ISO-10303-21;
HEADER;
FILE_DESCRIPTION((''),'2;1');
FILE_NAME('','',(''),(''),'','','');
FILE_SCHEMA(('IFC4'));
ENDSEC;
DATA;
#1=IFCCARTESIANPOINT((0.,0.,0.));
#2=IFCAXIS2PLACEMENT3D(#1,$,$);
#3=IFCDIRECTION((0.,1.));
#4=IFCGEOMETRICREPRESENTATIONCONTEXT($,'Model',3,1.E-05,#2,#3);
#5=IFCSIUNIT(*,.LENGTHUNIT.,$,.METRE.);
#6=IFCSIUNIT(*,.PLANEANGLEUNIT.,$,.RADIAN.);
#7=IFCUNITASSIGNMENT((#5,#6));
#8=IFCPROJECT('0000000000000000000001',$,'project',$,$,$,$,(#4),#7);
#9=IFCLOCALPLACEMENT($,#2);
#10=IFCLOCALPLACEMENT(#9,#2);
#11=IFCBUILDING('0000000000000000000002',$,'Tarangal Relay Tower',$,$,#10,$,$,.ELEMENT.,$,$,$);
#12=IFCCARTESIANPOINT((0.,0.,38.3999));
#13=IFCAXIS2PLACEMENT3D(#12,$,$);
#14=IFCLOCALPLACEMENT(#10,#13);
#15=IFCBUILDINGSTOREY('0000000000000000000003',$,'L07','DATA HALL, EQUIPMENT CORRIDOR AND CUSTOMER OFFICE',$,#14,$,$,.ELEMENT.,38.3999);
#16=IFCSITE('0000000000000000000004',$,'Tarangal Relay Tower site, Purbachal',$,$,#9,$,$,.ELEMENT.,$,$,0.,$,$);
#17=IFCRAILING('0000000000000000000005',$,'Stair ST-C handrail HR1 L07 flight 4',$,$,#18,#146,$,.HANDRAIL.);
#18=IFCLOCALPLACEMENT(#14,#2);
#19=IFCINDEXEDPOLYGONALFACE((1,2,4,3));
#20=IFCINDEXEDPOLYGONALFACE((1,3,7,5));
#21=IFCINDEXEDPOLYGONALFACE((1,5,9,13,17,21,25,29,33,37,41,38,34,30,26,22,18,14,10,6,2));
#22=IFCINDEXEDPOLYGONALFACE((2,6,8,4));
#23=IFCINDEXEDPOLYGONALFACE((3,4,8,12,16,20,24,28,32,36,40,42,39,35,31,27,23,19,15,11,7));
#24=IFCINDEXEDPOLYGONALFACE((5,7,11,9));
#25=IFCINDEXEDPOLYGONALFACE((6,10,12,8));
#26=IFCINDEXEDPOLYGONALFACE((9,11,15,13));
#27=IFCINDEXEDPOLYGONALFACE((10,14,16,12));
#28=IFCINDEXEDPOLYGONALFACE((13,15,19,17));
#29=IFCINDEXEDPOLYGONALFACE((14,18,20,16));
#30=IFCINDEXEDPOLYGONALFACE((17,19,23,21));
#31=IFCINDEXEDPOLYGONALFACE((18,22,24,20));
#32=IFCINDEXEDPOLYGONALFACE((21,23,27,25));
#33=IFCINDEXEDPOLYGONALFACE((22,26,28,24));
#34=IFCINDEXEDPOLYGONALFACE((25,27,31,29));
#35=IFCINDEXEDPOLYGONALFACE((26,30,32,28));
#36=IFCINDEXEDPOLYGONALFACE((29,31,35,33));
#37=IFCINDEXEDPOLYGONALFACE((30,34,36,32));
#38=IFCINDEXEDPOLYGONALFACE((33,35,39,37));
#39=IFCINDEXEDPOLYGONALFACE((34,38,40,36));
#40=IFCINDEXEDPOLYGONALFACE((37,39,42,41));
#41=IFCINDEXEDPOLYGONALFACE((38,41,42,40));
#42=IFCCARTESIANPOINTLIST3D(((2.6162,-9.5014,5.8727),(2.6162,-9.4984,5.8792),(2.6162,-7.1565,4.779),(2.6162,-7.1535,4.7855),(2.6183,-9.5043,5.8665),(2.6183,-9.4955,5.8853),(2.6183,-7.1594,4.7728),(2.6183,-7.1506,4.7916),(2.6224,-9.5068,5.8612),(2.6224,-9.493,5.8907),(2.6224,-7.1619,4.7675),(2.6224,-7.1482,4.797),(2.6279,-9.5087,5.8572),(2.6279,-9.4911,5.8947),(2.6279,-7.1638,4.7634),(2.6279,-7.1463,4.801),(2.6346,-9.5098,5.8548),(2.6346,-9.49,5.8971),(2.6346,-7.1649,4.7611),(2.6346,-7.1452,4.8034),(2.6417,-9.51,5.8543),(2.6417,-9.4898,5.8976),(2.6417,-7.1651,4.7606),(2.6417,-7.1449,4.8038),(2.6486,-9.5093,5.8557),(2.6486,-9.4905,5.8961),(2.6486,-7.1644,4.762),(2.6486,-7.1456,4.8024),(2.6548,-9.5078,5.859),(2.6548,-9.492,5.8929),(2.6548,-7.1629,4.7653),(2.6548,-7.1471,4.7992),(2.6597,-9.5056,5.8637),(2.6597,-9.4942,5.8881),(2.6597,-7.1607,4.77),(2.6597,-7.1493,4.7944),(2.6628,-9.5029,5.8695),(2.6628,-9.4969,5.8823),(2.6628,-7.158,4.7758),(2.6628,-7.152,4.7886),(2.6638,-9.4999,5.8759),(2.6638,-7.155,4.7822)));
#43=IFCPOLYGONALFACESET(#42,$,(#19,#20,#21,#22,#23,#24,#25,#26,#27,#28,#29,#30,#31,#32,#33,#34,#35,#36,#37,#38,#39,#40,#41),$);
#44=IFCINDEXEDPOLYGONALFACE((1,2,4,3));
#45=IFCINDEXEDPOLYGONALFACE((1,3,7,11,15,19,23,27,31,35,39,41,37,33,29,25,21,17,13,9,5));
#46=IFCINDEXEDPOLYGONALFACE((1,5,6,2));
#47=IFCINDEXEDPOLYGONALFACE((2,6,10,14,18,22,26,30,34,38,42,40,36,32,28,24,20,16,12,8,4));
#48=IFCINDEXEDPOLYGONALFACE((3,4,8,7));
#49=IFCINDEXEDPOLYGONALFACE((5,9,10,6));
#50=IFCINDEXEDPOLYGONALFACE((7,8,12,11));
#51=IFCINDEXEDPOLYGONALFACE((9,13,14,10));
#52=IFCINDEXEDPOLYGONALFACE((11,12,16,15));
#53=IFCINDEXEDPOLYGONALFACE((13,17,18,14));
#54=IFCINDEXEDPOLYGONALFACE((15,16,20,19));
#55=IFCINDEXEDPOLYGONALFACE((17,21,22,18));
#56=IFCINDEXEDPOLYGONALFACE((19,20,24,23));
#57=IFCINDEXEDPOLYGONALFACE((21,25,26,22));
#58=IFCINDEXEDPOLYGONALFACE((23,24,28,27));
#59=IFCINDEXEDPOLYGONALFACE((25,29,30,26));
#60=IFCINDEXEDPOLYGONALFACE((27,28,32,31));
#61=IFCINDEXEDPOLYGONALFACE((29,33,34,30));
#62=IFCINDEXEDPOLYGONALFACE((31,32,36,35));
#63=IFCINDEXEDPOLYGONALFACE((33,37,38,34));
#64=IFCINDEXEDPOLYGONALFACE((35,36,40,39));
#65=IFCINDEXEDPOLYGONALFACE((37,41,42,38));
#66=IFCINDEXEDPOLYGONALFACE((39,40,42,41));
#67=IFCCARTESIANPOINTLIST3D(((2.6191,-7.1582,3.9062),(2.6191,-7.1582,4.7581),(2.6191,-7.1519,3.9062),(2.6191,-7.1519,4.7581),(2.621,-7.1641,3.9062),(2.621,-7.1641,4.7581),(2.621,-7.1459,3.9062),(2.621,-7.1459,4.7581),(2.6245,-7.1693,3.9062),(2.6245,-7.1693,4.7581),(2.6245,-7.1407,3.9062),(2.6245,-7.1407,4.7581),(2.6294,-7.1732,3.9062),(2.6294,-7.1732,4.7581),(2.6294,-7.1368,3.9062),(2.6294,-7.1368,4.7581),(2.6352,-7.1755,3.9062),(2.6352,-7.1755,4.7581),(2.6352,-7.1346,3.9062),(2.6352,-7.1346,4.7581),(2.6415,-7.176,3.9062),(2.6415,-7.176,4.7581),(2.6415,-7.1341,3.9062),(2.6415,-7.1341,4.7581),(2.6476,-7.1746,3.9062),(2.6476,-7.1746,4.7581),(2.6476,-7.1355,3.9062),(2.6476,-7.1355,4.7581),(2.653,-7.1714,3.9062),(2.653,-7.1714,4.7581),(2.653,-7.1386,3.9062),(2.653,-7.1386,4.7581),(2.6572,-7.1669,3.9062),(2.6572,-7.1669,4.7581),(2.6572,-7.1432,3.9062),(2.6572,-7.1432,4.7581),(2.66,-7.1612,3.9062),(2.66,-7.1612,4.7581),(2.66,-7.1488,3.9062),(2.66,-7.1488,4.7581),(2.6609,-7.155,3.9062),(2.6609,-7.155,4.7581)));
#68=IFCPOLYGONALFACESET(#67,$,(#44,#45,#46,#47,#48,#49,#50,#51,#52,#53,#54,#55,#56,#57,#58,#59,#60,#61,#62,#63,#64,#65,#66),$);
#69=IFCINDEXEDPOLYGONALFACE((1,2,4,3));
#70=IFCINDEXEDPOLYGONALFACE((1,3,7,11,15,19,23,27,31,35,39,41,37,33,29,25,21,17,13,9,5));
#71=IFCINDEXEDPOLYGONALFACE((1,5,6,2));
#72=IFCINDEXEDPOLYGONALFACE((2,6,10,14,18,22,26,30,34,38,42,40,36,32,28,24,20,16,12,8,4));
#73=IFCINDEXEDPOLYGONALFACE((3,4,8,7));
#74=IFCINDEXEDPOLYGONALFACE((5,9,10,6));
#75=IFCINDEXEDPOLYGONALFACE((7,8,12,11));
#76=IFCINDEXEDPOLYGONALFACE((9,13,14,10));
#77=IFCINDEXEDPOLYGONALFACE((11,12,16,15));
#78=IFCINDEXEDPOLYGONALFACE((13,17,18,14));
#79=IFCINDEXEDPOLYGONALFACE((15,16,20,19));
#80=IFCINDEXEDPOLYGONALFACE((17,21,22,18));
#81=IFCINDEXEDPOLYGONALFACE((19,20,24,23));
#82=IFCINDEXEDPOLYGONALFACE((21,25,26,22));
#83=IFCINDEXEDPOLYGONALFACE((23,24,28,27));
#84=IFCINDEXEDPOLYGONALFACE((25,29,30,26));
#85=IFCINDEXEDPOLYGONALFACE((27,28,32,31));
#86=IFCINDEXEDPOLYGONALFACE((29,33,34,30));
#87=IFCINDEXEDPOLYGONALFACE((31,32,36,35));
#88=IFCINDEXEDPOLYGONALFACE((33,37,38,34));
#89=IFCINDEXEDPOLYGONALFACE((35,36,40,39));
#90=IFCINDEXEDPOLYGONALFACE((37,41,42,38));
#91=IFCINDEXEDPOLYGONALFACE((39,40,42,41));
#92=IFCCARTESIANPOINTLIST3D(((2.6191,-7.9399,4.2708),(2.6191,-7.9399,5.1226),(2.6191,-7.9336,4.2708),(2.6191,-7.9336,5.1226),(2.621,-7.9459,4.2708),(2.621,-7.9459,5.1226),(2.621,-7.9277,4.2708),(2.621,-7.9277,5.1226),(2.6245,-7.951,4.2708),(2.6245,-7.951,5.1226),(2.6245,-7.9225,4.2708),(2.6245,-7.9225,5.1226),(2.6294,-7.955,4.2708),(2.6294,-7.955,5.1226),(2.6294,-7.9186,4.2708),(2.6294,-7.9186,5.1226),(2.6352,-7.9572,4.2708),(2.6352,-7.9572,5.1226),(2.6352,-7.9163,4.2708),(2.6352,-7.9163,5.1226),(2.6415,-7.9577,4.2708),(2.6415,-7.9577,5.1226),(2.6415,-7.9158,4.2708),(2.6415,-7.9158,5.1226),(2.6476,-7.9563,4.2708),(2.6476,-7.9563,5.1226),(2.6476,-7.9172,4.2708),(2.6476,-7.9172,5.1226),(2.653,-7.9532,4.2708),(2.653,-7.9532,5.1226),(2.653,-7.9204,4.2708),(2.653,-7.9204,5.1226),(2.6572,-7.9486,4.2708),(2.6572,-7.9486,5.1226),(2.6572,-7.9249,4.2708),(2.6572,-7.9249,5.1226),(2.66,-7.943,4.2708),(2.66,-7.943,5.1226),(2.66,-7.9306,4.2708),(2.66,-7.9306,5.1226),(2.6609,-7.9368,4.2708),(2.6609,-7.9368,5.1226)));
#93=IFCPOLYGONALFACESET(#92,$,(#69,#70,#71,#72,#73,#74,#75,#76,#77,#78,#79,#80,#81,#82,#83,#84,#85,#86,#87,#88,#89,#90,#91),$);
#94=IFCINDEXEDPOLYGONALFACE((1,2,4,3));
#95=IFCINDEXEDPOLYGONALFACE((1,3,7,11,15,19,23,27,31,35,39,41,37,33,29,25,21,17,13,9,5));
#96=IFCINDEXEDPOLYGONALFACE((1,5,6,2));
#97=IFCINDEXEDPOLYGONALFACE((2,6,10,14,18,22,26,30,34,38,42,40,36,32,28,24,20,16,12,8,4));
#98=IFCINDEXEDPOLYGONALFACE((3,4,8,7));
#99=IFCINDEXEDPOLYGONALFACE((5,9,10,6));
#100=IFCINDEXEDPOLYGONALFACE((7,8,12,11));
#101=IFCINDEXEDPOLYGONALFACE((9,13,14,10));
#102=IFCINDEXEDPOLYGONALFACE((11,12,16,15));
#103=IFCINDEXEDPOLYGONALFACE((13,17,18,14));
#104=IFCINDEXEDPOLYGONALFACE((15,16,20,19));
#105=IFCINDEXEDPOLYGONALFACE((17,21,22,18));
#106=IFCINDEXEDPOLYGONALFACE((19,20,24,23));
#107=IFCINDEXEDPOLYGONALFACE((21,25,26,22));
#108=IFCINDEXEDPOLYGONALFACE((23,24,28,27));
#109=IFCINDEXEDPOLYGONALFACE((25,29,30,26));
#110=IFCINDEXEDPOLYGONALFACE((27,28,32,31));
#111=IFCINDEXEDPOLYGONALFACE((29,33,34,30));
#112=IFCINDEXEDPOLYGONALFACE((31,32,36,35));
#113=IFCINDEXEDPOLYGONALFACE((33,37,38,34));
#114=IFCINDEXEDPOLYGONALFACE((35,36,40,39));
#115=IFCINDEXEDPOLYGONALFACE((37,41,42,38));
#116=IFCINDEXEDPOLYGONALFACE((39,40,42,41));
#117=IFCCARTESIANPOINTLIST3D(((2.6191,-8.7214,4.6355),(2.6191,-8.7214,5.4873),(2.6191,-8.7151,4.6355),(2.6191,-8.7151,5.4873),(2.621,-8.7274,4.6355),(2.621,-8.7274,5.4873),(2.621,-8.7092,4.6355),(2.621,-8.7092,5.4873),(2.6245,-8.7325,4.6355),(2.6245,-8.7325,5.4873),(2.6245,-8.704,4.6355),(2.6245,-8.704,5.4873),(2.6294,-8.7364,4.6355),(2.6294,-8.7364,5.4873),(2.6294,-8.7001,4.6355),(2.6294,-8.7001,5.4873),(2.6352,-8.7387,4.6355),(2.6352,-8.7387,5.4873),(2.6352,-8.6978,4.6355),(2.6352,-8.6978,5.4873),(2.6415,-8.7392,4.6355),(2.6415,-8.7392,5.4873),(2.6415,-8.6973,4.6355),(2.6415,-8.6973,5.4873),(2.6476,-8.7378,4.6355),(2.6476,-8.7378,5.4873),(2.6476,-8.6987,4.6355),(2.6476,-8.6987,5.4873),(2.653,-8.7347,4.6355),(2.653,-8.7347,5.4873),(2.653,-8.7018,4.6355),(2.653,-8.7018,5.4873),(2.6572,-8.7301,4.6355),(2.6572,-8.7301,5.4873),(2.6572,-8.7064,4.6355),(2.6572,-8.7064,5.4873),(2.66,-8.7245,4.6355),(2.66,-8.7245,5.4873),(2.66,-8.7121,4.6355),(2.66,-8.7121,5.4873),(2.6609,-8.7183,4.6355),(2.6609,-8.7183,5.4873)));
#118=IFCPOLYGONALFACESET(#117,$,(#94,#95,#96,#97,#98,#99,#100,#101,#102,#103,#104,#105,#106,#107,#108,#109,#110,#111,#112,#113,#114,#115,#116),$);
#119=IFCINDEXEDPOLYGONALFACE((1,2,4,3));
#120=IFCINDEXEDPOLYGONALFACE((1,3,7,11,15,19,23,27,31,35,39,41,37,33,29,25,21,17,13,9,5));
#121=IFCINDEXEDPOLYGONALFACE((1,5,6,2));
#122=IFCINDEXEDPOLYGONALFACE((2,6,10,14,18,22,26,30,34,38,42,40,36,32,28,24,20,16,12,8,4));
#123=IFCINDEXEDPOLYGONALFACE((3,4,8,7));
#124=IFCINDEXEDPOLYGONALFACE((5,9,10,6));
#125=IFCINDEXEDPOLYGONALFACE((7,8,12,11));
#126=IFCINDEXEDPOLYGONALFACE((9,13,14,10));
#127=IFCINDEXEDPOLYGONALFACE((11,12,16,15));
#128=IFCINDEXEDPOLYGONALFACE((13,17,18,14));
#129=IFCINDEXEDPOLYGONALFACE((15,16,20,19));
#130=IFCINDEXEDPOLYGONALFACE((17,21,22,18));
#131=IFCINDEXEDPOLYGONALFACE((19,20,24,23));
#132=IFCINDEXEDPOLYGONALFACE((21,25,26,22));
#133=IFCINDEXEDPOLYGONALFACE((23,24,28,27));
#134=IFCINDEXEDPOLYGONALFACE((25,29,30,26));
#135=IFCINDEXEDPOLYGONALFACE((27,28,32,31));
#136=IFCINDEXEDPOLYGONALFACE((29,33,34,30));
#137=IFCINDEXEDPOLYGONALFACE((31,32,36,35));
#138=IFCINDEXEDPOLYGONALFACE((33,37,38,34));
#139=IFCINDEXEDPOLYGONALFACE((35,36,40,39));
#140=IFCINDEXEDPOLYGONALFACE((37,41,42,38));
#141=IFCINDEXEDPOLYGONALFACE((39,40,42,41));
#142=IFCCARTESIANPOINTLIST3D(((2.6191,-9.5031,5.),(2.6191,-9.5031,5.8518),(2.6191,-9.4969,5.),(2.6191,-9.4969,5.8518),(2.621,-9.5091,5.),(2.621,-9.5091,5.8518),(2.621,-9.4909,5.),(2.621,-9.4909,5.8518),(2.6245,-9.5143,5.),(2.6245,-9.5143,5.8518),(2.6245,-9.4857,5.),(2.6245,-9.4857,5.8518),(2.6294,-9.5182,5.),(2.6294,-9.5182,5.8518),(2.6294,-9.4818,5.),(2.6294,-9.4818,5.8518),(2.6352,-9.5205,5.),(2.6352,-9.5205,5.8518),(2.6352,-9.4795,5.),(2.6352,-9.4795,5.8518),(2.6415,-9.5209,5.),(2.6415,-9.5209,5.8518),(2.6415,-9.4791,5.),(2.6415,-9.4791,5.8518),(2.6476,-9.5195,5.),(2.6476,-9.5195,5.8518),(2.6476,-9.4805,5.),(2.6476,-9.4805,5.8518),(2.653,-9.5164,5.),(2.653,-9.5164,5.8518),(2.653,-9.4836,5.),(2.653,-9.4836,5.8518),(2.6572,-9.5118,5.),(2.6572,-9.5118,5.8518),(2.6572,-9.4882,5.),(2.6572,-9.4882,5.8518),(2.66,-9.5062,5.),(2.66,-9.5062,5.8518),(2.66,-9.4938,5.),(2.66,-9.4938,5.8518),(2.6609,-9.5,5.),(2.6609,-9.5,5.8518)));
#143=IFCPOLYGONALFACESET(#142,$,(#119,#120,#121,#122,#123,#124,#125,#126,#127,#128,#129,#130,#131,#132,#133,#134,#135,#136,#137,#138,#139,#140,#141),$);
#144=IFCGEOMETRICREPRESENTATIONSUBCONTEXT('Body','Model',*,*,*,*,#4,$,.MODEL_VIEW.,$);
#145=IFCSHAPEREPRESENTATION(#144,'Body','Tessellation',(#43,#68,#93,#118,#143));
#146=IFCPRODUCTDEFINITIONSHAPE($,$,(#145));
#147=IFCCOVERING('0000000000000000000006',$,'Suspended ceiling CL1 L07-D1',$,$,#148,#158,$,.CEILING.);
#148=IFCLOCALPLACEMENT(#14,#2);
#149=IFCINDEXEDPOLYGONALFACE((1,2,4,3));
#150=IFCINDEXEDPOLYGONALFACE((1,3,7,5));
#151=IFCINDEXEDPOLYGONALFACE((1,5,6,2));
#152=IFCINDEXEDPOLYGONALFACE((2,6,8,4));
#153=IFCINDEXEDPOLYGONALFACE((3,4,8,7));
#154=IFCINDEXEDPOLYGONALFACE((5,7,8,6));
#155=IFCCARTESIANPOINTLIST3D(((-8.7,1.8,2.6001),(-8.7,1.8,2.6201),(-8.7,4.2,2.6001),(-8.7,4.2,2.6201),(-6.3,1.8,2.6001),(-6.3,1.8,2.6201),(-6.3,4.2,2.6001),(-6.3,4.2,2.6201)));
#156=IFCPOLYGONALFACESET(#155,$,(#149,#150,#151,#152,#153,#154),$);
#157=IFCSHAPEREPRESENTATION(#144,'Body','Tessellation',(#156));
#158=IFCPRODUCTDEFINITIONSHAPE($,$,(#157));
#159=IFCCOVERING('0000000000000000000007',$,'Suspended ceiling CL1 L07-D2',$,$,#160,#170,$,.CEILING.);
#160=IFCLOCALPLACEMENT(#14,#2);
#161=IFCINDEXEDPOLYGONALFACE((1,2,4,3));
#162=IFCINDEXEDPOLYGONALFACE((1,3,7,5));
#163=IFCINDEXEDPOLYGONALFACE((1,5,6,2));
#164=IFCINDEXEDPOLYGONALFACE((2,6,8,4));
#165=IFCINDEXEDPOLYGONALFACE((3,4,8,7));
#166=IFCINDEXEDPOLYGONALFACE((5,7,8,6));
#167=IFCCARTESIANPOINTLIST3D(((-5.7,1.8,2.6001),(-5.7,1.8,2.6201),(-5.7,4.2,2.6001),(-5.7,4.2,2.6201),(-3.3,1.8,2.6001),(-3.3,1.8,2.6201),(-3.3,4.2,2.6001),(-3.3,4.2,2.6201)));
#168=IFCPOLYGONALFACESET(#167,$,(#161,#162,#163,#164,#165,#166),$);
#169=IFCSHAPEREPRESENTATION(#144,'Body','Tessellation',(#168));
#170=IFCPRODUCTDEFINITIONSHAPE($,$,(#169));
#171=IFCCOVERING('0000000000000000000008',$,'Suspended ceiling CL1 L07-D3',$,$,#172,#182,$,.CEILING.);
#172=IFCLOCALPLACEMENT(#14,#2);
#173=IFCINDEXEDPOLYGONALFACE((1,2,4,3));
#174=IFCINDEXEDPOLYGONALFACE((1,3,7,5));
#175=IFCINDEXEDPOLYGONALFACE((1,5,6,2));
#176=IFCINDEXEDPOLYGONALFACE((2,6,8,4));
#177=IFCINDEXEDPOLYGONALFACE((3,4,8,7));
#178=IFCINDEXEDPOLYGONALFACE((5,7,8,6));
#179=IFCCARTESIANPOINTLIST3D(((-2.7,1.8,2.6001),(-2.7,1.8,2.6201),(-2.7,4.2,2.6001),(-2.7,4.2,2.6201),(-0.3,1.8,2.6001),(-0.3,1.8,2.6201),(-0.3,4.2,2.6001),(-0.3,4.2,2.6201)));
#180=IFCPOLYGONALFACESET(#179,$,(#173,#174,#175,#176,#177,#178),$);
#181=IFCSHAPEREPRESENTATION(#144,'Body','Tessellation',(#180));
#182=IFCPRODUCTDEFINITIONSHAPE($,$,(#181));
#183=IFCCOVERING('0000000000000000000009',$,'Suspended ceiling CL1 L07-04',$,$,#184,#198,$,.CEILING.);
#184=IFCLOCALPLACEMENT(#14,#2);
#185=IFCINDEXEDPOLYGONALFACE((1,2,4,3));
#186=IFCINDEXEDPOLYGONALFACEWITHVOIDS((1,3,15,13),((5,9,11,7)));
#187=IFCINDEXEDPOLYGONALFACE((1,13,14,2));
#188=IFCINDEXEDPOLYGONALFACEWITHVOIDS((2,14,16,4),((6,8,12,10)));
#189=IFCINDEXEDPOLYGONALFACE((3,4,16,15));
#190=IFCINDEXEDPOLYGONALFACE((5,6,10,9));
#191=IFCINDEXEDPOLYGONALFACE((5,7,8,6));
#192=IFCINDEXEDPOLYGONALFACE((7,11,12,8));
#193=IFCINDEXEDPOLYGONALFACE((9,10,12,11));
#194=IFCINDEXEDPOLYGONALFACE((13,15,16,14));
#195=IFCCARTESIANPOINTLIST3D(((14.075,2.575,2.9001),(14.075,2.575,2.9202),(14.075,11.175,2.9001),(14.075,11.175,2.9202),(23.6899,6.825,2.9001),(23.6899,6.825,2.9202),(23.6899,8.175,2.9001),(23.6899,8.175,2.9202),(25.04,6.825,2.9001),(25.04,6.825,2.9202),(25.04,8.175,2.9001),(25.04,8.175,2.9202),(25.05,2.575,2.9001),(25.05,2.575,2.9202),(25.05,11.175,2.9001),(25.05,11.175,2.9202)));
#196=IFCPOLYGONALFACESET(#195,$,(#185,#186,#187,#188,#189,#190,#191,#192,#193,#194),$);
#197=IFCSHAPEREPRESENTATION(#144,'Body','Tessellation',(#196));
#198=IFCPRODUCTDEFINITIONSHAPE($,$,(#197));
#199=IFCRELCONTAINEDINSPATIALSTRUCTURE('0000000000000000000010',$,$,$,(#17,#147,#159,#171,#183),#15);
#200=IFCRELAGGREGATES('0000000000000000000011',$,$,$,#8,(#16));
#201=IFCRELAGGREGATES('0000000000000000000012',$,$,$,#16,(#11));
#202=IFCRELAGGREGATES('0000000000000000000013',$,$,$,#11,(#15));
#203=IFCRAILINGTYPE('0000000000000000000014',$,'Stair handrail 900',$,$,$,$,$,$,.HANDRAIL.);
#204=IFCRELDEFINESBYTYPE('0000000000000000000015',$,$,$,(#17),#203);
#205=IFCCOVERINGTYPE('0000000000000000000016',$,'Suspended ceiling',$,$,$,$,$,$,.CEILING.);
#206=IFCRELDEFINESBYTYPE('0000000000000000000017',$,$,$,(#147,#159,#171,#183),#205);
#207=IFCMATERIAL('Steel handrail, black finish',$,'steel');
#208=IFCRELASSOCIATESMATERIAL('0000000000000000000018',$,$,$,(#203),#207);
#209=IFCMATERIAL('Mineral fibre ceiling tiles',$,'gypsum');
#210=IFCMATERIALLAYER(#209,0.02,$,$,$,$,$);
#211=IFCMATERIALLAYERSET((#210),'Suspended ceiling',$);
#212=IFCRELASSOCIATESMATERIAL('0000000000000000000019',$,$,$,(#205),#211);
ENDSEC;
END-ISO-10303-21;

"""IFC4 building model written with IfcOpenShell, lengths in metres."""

from ifc_helpers import new_model, si_unit, direction, frame, origin, origin_2d, place, context, subcontext, project, spatial, polyline, circle, outline, extrude, material, layer, layer_set, type_object, element, save


model = new_model("IFC4")

# Units and contexts
model_context = context("Model", 3, precision=1e-05, world=origin(), true_north=direction((0.0, 1.0)))
body_context = subcontext(model_context, "Body", "Model", "MODEL_VIEW")
ifc_project = project(units=[si_unit("LENGTHUNIT", "METRE"), si_unit("PLANEANGLEUNIT", "RADIAN")], contexts=[model_context])

# Site, building, storey
site_placement = place(None, origin())
site = spatial("IfcSite", under=ifc_project, at=site_placement, Name="Tarangal Relay Tower site, Purbachal", CompositionType="ELEMENT", RefElevation=0.0)
building_placement = place(site_placement, origin())
building = spatial("IfcBuilding", under=site, at=building_placement, Name="Tarangal Relay Tower", CompositionType="ELEMENT")
storey_placement = place(building_placement, frame((0.0, 0.0, 38.3999)))
storey = spatial("IfcBuildingStorey", under=building, at=storey_placement, Name="L07", Description="DATA HALL, EQUIPMENT CORRIDOR AND CUSTOMER OFFICE", CompositionType="ELEMENT", Elevation=38.3999)

# Railing
ifc_material_1 = material(Name="Steel handrail, black finish", Category="steel")
railing_type_1 = type_object("IfcRailingType", Name="Stair handrail 900", PredefinedType="HANDRAIL", material=ifc_material_1)
for number, where, name in (
    (1, (2.6399, -7.155, 3.9062), "Stair ST-C handrail HR1 L07 flight 4"),
):
    element("IfcRailing", number, at=place(storey_placement, frame(where)), inside=storey, type_object=railing_type_1, Name=name, PredefinedType="HANDRAIL", context=body_context, shape_type="SweptSolid", body=[
        extrude(circle(Radius=0.0239, at=origin_2d()), frame((0.0, 0.0, 0.876), z_axis=(0.0, -0.906267, 0.422705), x_axis=(1.0, 0.0, 0.0)), (0.0, 0.0, 1.0), 2.5874),
        extrude(circle(Radius=0.021, at=origin_2d()), origin(), (0.0, 0.0, 1.0), 0.8518),
        extrude(circle(Radius=0.021, at=origin_2d()), frame((0.0, -0.7817, 0.3645)), (0.0, 0.0, 1.0), 0.8518),
        extrude(circle(Radius=0.021, at=origin_2d()), frame((0.0, -1.5632, 0.7292)), (0.0, 0.0, 1.0), 0.8518),
        extrude(circle(Radius=0.021, at=origin_2d()), frame((0.0, -2.345, 1.0938)), (0.0, 0.0, 1.0), 0.8518),
    ])

# Coverings
ifc_material_2 = material(Name="Mineral fibre ceiling tiles", Category="gypsum")
ifc_layer_1 = layer(ifc_material_2, 0.02)
ifc_layer_set_1 = layer_set([ifc_layer_1], Name="Suspended ceiling")
covering_type_1 = type_object("IfcCoveringType", Name="Suspended ceiling", PredefinedType="CEILING", material=ifc_layer_set_1)
covering_1_placement = place(storey_placement, frame((0.0, 0.0, 2.6001)))
element("IfcCovering", 2, at=covering_1_placement, inside=storey, type_object=covering_type_1, Name="Suspended ceiling CL1 L07-D1", PredefinedType="CEILING", context=body_context, shape_type="SweptSolid", body=[
    extrude(outline(polyline([(-8.7, 1.8), (-6.3, 1.8), (-6.3, 4.2), (-8.7, 4.2), (-8.7, 1.8)])), origin(), (0.0, 0.0, 1.0), 0.02),
])
covering_2_placement = place(storey_placement, frame((0.0, 0.0, 2.6001)))
element("IfcCovering", 3, at=covering_2_placement, inside=storey, type_object=covering_type_1, Name="Suspended ceiling CL1 L07-D2", PredefinedType="CEILING", context=body_context, shape_type="SweptSolid", body=[
    extrude(outline(polyline([(-5.7, 1.8), (-3.3, 1.8), (-3.3, 4.2), (-5.7, 4.2), (-5.7, 1.8)])), origin(), (0.0, 0.0, 1.0), 0.02),
])
covering_3_placement = place(storey_placement, frame((0.0, 0.0, 2.6001)))
element("IfcCovering", 4, at=covering_3_placement, inside=storey, type_object=covering_type_1, Name="Suspended ceiling CL1 L07-D3", PredefinedType="CEILING", context=body_context, shape_type="SweptSolid", body=[
    extrude(outline(polyline([(-2.7, 1.8), (-0.3, 1.8), (-0.3, 4.2), (-2.7, 4.2), (-2.7, 1.8)])), origin(), (0.0, 0.0, 1.0), 0.02),
])
covering_4_placement = place(storey_placement, frame((0.0, 0.0, 2.9001)))
element("IfcCovering", 5, at=covering_4_placement, inside=storey, type_object=covering_type_1, Name="Suspended ceiling CL1 L07-04", PredefinedType="CEILING", context=body_context, shape_type="SweptSolid", body=[
    extrude(outline(polyline([(25.05, 2.575), (25.05, 11.175), (14.075, 11.175), (14.075, 2.575), (25.05, 2.575)]), holes=[polyline([(25.04, 8.175), (23.6899, 8.175), (23.6899, 6.825), (25.04, 6.825), (25.04, 8.175)])]), origin(), (0.0, 0.0, 1.0), 0.02),
])

save(model, "model.ifc")
